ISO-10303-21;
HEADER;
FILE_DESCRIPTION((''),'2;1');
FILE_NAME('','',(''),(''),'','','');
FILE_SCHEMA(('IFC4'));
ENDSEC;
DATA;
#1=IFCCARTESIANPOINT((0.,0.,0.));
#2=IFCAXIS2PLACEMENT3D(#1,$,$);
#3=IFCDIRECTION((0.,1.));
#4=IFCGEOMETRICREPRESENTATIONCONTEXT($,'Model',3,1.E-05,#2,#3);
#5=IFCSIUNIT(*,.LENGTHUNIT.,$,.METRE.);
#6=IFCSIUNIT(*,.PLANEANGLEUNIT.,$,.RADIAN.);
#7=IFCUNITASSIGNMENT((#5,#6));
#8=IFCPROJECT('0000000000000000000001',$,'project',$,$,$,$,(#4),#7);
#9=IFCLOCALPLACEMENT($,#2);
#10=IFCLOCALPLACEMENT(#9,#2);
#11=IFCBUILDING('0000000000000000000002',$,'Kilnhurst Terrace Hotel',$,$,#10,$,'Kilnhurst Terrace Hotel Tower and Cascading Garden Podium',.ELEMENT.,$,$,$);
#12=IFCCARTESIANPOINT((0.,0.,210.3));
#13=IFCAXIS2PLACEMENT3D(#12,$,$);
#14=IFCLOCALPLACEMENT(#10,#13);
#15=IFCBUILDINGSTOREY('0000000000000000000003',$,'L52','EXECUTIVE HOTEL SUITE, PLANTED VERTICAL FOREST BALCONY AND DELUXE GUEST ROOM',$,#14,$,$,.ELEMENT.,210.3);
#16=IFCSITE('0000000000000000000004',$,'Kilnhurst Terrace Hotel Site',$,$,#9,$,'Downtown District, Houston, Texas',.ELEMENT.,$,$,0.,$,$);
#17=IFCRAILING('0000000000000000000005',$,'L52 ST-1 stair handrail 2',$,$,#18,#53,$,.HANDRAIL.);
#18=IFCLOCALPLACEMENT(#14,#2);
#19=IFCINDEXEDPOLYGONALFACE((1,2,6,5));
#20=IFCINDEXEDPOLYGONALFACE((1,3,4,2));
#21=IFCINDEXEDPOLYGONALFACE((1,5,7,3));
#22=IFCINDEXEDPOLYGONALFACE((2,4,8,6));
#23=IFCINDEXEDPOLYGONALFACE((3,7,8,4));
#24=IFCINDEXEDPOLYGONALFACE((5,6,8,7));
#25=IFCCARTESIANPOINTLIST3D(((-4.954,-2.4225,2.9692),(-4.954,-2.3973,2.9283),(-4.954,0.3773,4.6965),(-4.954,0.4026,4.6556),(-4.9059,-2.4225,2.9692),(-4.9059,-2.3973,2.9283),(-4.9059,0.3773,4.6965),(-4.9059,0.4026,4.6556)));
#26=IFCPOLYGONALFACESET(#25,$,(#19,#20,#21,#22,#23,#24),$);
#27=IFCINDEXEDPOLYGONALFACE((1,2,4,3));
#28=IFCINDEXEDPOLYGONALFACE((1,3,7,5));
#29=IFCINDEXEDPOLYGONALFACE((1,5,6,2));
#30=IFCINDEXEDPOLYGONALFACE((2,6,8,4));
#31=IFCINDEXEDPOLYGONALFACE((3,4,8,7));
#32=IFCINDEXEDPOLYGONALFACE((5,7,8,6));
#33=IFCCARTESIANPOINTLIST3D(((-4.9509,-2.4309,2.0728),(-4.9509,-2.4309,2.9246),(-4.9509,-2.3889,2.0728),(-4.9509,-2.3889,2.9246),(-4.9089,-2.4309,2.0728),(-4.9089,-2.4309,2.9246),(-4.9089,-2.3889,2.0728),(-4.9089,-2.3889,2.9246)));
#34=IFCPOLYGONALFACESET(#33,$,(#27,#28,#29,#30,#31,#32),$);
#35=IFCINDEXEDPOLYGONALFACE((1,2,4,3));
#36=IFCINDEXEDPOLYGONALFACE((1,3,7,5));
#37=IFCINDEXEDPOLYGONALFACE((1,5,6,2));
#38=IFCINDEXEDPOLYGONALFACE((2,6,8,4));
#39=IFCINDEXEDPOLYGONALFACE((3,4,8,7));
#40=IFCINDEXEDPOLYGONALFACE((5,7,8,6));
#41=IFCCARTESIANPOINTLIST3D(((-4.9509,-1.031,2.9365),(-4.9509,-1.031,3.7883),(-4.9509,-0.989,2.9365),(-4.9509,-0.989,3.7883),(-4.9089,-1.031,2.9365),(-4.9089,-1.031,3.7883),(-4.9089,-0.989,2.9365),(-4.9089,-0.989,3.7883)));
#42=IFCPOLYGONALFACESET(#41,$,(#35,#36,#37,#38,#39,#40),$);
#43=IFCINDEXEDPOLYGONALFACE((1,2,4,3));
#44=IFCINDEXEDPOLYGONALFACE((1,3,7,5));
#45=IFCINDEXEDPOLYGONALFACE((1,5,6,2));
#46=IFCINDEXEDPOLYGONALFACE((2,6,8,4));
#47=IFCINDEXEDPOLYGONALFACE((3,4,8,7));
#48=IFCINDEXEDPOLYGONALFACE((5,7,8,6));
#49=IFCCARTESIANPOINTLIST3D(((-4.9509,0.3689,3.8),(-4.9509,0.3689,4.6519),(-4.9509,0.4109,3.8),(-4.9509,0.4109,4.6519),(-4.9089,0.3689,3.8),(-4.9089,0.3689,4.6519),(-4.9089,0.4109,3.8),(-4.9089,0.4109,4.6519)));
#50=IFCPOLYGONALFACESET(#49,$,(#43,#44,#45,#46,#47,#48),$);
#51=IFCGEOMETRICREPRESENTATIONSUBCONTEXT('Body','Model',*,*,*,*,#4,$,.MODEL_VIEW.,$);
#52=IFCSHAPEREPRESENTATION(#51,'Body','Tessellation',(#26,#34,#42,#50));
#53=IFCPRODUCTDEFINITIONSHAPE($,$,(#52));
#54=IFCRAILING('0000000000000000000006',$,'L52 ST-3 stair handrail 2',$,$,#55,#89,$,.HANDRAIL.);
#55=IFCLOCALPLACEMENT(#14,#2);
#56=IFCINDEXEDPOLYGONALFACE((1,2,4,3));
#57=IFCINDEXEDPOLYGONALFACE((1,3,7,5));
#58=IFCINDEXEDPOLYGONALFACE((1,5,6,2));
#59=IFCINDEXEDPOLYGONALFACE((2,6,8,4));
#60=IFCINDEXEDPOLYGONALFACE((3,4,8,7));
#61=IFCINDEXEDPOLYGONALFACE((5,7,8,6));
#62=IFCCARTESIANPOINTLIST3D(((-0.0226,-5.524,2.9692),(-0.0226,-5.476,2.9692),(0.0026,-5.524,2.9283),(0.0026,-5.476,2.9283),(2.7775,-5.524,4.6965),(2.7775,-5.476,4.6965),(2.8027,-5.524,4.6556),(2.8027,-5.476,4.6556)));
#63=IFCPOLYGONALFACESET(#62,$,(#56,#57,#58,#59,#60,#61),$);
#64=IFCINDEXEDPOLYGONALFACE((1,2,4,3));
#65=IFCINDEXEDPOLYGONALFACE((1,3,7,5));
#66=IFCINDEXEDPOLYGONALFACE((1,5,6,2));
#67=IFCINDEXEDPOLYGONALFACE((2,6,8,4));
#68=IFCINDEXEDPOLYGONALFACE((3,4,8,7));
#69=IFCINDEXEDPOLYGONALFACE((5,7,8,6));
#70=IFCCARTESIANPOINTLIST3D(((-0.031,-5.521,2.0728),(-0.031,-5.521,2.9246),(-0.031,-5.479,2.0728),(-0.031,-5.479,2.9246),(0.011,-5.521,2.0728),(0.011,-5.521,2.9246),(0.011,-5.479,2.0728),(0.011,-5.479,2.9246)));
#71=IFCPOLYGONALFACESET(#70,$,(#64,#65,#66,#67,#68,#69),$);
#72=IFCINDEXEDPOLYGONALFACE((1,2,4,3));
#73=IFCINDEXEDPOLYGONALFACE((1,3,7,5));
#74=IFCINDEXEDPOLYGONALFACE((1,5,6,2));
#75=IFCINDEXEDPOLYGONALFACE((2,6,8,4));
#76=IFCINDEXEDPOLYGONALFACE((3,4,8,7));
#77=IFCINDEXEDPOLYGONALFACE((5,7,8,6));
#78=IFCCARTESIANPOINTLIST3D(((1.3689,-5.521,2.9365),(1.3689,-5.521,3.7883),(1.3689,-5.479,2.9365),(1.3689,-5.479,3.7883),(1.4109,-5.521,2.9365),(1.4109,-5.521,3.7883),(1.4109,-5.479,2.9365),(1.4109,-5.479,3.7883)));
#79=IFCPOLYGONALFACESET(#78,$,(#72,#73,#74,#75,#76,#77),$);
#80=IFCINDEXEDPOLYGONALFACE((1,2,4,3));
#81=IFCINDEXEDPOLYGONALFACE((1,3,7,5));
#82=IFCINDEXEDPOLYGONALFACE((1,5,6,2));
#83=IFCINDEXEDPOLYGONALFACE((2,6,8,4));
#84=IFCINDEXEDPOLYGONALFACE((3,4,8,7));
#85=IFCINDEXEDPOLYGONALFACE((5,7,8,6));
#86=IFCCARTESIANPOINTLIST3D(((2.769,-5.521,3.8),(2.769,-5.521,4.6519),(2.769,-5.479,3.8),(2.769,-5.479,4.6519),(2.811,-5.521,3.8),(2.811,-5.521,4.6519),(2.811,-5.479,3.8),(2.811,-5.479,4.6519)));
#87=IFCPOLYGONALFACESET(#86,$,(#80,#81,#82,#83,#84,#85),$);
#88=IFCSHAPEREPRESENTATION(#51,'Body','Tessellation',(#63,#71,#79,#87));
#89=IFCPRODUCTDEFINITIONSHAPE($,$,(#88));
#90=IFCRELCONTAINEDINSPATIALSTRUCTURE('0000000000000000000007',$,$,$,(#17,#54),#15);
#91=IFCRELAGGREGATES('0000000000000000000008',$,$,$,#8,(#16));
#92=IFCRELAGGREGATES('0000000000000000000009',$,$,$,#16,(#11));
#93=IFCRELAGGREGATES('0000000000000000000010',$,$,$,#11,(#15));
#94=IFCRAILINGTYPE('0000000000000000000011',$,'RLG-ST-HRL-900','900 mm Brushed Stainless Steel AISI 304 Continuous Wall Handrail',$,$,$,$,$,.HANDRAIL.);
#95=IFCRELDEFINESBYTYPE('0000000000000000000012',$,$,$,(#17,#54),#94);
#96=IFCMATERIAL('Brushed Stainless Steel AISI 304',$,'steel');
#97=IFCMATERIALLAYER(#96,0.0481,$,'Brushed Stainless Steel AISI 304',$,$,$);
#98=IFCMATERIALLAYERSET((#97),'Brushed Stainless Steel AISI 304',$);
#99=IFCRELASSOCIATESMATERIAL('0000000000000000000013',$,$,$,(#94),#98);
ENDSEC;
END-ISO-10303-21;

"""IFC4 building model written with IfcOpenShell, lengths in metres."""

from ifc_helpers import new_model, si_unit, direction, frame, origin, origin_2d, place, context, subcontext, project, spatial, rectangle, extrude, material, layer, layer_set, type_object, element, save


model = new_model("IFC4")

# Units and contexts
model_context = context("Model", 3, precision=1e-05, world=origin(), true_north=direction((0.0, 1.0)))
body_context = subcontext(model_context, "Body", "Model", "MODEL_VIEW")
ifc_project = project(units=[si_unit("LENGTHUNIT", "METRE"), si_unit("PLANEANGLEUNIT", "RADIAN")], contexts=[model_context])

# Site, building, storey
site_placement = place(None, origin())
site = spatial("IfcSite", under=ifc_project, at=site_placement, Name="Kilnhurst Terrace Hotel Site", LongName="Downtown District, Houston, Texas", CompositionType="ELEMENT", RefElevation=0.0)
building_placement = place(site_placement, origin())
building = spatial("IfcBuilding", under=site, at=building_placement, Name="Kilnhurst Terrace Hotel", LongName="Kilnhurst Terrace Hotel Tower and Cascading Garden Podium", CompositionType="ELEMENT")
storey_placement = place(building_placement, frame((0.0, 0.0, 210.3)))
storey = spatial("IfcBuildingStorey", under=building, at=storey_placement, Name="L52", Description="EXECUTIVE HOTEL SUITE, PLANTED VERTICAL FOREST BALCONY AND DELUXE GUEST ROOM", CompositionType="ELEMENT", Elevation=210.3)

# Railings
ifc_material_1 = material(Name="Brushed Stainless Steel AISI 304", Category="steel")
ifc_layer_1 = layer(ifc_material_1, 0.0481, Name="Brushed Stainless Steel AISI 304")
ifc_layer_set_1 = layer_set([ifc_layer_1], Name="Brushed Stainless Steel AISI 304")
railing_type_1 = type_object("IfcRailingType", Name="RLG-ST-HRL-900", Description="900 mm Brushed Stainless Steel AISI 304 Continuous Wall Handrail", PredefinedType="HANDRAIL", material=ifc_layer_set_1)
railing_1_placement = place(storey_placement, frame((-4.9299, -2.4099, 2.0728)))
element("IfcRailing", 1, at=railing_1_placement, inside=storey, type_object=railing_type_1, Name="L52 ST-1 stair handrail 2", PredefinedType="HANDRAIL", context=body_context, shape_type="SweptSolid", body=[
    extrude(rectangle(XDim=0.0481, YDim=0.0481, at=origin_2d()), frame((0.0, 0.0, 0.876), z_axis=(0.0, 0.851069, 0.525054), x_axis=(-1.0, 0.0, 0.0)), (0.0, 0.0, 1.0), 3.2898),
    extrude(rectangle(XDim=0.042, YDim=0.042, at=origin_2d()), origin(), (0.0, 0.0, 1.0), 0.8518),
    extrude(rectangle(XDim=0.042, YDim=0.042, at=origin_2d()), frame((0.0, 1.3999, 0.8638)), (0.0, 0.0, 1.0), 0.8518),
    extrude(rectangle(XDim=0.042, YDim=0.042, at=origin_2d()), frame((0.0, 2.7998, 1.7273)), (0.0, 0.0, 1.0), 0.8518),
])
railing_2_placement = place(storey_placement, frame((-0.01, -5.5, 2.0728)))
element("IfcRailing", 2, at=railing_2_placement, inside=storey, type_object=railing_type_1, Name="L52 ST-3 stair handrail 2", PredefinedType="HANDRAIL", context=body_context, shape_type="SweptSolid", body=[
    extrude(rectangle(XDim=0.0481, YDim=0.0481, at=origin_2d()), frame((0.0, 0.0, 0.876), z_axis=(0.85109, 0.0, 0.52502), x_axis=(0.0, 1.0, 0.0)), (0.0, 0.0, 1.0), 3.29),
    extrude(rectangle(XDim=0.042, YDim=0.042, at=origin_2d()), origin(), (0.0, 0.0, 1.0), 0.8518),
    extrude(rectangle(XDim=0.042, YDim=0.042, at=origin_2d()), frame((1.3999, 0.0, 0.8638)), (0.0, 0.0, 1.0), 0.8518),
    extrude(rectangle(XDim=0.042, YDim=0.042, at=origin_2d()), frame((2.8, 0.0, 1.7273)), (0.0, 0.0, 1.0), 0.8518),
])

save(model, "model.ifc")
